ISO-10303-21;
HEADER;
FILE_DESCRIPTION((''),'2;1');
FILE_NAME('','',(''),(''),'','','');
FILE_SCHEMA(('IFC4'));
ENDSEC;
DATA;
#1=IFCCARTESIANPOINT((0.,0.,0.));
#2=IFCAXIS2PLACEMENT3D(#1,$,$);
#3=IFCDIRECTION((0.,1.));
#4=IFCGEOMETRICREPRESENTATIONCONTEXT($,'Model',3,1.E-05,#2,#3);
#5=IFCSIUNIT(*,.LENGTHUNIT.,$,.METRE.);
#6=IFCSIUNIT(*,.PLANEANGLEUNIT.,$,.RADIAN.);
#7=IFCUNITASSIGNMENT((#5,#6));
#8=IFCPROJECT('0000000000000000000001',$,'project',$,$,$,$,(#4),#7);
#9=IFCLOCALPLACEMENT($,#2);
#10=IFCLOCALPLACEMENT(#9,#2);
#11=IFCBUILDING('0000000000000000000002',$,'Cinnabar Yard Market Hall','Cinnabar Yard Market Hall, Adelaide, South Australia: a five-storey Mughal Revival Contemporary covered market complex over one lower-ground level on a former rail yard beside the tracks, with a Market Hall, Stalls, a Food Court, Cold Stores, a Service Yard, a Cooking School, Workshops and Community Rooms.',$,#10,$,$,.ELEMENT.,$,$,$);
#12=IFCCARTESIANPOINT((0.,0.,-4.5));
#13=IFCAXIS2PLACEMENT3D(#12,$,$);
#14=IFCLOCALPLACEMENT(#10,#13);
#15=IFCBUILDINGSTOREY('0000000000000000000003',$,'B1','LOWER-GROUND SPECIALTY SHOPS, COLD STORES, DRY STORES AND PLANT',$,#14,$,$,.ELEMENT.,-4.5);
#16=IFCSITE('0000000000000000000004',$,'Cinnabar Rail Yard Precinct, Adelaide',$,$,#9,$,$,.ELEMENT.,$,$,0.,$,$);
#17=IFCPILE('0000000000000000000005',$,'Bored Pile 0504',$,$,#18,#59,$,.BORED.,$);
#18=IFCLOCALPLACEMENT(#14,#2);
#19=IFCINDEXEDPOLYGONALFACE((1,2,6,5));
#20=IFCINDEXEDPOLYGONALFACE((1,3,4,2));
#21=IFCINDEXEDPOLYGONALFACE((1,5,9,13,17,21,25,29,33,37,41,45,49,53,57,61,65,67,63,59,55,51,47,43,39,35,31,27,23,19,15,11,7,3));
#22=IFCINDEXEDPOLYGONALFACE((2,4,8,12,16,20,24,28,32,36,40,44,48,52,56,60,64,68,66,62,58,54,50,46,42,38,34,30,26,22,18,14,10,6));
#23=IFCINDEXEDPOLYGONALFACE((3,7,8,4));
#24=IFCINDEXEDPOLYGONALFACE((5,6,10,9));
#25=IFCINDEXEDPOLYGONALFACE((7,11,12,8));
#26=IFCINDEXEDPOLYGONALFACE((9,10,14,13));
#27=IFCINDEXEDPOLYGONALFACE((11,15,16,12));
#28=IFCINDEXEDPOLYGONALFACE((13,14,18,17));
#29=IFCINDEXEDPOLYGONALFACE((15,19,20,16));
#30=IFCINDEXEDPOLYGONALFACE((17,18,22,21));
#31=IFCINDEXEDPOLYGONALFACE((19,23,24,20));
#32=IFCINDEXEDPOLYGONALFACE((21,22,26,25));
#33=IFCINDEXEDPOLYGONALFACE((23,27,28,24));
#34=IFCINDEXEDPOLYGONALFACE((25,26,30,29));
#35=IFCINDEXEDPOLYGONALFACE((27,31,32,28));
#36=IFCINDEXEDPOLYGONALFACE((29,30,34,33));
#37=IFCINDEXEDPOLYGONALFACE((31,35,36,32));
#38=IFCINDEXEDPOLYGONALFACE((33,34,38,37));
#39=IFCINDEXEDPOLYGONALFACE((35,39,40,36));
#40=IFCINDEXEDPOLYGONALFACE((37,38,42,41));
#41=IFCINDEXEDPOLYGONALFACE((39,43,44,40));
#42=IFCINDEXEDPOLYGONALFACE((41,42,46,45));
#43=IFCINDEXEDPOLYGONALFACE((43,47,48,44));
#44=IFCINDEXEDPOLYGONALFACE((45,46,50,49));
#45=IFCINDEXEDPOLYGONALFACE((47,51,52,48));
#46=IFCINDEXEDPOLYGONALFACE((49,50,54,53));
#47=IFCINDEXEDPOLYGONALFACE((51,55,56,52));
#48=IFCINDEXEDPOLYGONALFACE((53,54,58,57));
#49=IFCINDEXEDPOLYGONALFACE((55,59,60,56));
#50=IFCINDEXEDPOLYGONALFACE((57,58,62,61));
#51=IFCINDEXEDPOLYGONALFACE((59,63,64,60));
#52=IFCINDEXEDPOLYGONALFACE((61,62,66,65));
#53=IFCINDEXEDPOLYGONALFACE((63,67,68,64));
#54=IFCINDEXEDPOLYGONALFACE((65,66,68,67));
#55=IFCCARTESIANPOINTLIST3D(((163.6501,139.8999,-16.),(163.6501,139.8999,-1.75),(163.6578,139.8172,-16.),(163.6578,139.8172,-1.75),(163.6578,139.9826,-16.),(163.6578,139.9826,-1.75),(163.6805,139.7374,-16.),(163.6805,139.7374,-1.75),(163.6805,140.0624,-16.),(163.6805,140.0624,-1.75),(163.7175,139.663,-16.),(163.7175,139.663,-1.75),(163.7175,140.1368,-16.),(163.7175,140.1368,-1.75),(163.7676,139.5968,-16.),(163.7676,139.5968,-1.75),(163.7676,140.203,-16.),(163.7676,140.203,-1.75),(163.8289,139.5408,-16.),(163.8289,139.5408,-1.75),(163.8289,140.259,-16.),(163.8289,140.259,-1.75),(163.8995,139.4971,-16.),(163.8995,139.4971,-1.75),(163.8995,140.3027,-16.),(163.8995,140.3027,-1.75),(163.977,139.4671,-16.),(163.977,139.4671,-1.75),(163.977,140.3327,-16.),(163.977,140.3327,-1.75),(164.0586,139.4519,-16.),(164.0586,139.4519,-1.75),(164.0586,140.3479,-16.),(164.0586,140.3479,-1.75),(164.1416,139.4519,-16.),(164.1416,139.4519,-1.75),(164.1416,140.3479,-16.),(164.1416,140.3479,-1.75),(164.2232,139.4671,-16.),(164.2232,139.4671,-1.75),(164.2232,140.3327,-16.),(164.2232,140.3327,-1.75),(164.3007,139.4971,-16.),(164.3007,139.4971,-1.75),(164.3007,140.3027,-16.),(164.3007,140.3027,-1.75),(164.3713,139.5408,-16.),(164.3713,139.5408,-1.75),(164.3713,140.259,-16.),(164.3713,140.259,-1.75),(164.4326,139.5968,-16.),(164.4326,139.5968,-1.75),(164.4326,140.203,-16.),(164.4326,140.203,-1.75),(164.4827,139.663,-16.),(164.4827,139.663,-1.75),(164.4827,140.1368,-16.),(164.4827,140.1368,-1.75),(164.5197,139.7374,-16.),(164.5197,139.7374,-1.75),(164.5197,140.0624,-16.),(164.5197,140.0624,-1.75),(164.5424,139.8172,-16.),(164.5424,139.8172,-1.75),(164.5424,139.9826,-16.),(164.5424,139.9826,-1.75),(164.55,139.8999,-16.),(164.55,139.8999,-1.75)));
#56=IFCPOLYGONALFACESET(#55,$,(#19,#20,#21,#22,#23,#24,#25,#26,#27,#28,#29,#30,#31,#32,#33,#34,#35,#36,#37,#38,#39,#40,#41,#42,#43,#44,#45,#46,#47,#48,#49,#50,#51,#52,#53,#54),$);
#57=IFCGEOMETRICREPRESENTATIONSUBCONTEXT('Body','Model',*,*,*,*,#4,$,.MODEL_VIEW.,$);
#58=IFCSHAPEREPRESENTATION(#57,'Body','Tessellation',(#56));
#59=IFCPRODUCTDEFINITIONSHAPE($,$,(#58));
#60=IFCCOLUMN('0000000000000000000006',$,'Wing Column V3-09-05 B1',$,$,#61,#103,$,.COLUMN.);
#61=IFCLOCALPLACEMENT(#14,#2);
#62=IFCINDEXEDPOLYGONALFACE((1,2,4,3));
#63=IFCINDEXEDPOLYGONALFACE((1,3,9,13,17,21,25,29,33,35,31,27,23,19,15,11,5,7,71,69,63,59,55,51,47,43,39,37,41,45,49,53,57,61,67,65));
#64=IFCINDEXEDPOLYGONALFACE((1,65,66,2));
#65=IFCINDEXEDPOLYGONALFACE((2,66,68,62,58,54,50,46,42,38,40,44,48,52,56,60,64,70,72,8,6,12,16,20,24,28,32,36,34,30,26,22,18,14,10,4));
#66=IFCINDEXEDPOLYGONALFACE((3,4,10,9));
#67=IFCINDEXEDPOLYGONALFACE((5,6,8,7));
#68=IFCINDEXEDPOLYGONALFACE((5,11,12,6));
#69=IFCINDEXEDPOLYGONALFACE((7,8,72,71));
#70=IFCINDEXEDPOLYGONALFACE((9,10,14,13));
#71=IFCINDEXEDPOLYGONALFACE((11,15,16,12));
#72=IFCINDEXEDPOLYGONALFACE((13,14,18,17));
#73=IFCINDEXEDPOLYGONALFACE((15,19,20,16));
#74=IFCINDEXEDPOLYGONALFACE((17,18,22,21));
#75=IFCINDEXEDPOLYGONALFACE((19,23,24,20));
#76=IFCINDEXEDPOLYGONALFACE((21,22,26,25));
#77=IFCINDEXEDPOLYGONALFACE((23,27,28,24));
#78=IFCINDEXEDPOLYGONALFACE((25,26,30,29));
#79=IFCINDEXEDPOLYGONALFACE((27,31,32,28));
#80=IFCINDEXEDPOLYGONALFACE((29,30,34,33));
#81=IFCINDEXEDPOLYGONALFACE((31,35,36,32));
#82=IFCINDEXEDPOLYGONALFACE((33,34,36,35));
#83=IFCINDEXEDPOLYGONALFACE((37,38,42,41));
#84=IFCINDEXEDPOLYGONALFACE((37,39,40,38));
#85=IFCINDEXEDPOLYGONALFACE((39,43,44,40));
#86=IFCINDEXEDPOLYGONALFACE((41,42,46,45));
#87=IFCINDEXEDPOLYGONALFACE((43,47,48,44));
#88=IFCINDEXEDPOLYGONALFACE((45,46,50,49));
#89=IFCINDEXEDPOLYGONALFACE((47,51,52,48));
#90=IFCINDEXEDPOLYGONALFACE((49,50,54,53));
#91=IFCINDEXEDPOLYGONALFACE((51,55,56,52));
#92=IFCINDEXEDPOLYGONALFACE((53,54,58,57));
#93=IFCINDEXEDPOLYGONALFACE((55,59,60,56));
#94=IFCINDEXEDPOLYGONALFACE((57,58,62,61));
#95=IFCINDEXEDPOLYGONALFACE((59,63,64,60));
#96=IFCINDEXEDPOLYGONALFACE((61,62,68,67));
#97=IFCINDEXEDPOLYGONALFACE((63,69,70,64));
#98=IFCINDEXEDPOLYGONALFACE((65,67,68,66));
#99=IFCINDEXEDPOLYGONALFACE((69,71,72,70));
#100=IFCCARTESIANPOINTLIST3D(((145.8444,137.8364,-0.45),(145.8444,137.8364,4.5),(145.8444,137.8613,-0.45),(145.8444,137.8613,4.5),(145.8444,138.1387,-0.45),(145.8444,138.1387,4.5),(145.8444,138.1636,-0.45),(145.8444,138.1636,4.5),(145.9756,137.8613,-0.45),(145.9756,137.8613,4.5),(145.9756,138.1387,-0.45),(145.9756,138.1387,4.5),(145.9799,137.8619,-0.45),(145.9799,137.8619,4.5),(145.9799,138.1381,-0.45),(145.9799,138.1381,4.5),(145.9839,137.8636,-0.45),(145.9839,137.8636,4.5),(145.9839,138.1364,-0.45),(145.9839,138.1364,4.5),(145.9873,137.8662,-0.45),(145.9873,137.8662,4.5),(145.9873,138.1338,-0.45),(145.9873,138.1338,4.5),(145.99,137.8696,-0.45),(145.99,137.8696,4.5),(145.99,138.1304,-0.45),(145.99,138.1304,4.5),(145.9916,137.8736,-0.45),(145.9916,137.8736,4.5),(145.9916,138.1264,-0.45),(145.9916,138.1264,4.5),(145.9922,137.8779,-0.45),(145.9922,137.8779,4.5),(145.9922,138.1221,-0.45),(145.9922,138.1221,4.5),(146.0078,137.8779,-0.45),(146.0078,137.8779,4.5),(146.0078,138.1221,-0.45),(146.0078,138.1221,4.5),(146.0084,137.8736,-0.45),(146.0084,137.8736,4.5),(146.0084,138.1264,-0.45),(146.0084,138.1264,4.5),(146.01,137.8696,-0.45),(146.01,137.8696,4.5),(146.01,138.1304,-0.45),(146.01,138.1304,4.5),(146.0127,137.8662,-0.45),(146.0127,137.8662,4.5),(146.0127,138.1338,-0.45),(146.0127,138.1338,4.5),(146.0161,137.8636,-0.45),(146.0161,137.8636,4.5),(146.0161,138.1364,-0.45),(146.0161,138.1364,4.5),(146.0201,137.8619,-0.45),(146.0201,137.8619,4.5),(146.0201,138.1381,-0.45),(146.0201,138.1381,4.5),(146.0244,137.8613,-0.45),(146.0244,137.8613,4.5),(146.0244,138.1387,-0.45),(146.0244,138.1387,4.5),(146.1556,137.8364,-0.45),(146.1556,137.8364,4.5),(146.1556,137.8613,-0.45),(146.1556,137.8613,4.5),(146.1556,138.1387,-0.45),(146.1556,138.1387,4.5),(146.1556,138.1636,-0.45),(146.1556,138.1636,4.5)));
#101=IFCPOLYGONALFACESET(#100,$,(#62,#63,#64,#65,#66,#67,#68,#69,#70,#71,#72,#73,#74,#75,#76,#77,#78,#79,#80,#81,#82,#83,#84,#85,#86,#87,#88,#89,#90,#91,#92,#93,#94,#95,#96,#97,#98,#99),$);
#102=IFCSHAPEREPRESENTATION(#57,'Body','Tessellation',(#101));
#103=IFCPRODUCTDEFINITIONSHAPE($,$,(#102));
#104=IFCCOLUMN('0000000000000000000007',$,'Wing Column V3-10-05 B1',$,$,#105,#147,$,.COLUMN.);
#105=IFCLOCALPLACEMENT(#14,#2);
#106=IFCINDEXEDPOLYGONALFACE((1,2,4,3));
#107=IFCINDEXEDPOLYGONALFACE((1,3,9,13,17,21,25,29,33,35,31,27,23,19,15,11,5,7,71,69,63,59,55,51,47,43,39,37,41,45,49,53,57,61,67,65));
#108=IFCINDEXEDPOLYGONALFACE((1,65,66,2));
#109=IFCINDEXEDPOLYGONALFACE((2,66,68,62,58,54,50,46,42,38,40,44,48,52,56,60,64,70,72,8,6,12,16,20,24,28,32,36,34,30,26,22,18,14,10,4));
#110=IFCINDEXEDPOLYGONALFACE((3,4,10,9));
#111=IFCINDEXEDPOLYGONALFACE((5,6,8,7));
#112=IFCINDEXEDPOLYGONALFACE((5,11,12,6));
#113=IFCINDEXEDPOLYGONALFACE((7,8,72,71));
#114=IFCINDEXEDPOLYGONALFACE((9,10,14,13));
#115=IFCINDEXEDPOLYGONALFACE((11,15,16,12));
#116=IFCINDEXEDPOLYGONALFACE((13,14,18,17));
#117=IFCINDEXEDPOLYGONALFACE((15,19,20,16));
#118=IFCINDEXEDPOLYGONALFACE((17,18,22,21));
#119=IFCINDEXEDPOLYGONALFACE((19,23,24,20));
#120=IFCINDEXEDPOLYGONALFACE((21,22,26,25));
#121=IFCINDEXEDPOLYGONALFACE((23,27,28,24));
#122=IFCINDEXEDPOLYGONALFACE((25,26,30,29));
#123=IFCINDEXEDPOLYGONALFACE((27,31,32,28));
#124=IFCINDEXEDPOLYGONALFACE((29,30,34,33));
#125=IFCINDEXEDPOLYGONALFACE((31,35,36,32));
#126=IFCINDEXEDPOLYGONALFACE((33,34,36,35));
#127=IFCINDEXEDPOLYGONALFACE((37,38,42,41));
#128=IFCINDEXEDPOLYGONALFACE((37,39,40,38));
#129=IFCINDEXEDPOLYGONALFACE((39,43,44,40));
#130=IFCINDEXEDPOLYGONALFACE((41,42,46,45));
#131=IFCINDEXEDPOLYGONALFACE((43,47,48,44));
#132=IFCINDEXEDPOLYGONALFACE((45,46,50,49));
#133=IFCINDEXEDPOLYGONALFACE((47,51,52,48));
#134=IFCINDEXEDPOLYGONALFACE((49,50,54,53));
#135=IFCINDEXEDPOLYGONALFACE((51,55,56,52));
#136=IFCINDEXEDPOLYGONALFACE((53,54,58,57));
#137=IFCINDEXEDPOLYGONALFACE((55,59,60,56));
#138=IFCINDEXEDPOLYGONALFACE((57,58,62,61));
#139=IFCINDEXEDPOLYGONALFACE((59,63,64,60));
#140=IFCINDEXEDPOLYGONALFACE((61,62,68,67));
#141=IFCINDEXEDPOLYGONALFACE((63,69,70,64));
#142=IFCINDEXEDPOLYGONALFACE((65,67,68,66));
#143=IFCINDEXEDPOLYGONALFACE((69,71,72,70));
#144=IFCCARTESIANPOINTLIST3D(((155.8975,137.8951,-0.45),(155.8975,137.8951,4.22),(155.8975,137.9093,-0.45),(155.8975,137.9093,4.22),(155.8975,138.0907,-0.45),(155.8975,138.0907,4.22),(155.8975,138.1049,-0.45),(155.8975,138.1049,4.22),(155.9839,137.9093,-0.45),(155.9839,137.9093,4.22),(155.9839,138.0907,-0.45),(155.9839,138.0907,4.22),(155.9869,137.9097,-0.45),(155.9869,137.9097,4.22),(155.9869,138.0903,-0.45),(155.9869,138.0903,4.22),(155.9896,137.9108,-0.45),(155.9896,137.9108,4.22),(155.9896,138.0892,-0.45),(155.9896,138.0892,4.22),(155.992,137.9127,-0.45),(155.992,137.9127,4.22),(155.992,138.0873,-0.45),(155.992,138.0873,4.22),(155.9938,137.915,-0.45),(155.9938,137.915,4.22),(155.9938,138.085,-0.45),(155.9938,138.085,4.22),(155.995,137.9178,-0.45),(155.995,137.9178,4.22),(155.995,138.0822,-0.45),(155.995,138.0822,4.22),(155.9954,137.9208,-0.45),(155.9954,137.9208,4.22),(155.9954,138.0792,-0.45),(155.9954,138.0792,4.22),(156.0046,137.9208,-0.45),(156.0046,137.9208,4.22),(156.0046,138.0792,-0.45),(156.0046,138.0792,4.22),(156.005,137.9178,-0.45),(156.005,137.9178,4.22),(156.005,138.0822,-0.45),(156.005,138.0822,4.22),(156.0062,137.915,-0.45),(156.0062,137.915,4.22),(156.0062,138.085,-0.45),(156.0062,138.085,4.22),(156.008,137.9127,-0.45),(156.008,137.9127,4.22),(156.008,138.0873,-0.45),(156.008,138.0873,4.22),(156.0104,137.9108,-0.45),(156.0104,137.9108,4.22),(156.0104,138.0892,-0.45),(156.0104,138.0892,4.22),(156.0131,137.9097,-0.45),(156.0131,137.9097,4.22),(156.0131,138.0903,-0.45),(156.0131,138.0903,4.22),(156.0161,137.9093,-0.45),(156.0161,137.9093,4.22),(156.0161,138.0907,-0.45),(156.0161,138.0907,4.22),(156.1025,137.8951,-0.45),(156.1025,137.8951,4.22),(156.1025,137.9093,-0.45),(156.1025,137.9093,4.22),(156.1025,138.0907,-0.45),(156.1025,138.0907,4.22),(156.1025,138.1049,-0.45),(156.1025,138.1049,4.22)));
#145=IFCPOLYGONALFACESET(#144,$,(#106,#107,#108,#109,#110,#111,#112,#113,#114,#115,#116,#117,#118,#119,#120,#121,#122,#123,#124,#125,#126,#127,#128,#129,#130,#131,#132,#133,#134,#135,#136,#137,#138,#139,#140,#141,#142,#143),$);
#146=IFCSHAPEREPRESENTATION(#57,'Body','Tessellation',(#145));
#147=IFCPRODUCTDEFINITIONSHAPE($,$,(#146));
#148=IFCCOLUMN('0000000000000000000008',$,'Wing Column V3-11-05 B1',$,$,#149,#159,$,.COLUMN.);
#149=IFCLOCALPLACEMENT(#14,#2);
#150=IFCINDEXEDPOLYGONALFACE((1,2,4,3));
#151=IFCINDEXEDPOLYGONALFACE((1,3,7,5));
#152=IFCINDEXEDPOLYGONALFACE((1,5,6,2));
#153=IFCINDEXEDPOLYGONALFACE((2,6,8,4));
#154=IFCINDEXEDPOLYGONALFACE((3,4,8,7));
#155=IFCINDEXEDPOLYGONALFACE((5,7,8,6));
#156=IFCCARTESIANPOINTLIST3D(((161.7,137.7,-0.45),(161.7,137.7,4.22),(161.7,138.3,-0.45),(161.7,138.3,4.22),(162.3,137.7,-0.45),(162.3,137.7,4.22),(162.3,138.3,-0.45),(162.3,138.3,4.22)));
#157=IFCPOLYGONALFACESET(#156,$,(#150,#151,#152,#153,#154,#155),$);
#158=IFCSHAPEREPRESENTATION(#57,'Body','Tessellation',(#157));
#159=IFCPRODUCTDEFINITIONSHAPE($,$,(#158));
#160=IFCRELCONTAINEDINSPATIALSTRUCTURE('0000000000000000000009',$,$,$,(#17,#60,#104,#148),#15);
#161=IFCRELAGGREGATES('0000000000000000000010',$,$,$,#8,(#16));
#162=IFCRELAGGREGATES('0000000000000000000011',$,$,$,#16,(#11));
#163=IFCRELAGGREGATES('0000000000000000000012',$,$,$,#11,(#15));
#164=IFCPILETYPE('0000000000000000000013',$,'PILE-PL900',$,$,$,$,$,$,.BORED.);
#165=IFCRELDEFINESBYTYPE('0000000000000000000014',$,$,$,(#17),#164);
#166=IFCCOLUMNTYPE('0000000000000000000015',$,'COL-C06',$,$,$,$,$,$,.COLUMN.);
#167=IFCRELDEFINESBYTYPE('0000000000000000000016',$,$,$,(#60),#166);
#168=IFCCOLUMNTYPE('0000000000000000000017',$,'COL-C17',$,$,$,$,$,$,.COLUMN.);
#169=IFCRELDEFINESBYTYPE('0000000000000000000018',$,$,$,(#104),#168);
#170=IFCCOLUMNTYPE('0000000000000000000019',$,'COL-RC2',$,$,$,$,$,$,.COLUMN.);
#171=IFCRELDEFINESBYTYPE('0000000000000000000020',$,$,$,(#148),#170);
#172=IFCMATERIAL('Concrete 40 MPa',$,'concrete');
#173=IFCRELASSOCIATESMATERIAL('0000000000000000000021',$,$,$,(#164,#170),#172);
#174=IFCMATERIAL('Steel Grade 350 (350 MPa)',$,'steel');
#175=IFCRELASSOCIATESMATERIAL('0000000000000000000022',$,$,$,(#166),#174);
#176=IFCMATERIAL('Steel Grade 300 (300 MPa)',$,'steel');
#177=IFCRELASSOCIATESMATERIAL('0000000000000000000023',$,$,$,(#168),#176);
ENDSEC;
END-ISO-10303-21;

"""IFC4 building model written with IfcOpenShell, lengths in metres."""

from ifc_helpers import new_model, si_unit, direction, frame, origin, origin_2d_with_axis, place, context, subcontext, project, spatial, rectangle, circle, i_section, extrude, material, material_profile, profile_set, type_object, element, save


model = new_model("IFC4")

# Units and contexts
model_context = context("Model", 3, precision=1e-05, world=origin(), true_north=direction((0.0, 1.0)))
body_context = subcontext(model_context, "Body", "Model", "MODEL_VIEW")
ifc_project = project(units=[si_unit("LENGTHUNIT", "METRE"), si_unit("PLANEANGLEUNIT", "RADIAN")], contexts=[model_context])

# Site, building, storey
site_placement = place(None, origin())
site = spatial("IfcSite", under=ifc_project, at=site_placement, Name="Cinnabar Rail Yard Precinct, Adelaide", CompositionType="ELEMENT", RefElevation=0.0)
building_placement = place(site_placement, origin())
building = spatial("IfcBuilding", under=site, at=building_placement, Name="Cinnabar Yard Market Hall", Description="Cinnabar Yard Market Hall, Adelaide, South Australia: a five-storey Mughal Revival Contemporary covered market complex over one lower-ground level on a former rail yard beside the tracks, with a Market Hall, Stalls, a Food Court, Cold Stores, a Service Yard, a Cooking School, Workshops and Community Rooms.", CompositionType="ELEMENT")
storey_placement = place(building_placement, frame((0.0, 0.0, -4.5)))
storey = spatial("IfcBuildingStorey", under=building, at=storey_placement, Name="B1", Description="LOWER-GROUND SPECIALTY SHOPS, COLD STORES, DRY STORES AND PLANT", CompositionType="ELEMENT", Elevation=-4.5)

# Shared definitions
ifc_material_1 = material(Name="Concrete 40 MPa", Category="concrete")

# Pile
ifc_material_profile_1 = material_profile(ifc_material_1, circle(Radius=0.45, at=origin_2d_with_axis()), Name="PILE-D900")
ifc_profile_set_1 = profile_set([ifc_material_profile_1], Name="Concrete 40 MPa")
pile_type_1 = type_object("IfcPileType", Name="PILE-PL900", PredefinedType="BORED", material=ifc_profile_set_1)
for number, where, z_axis, x_axis, name in (
    (1, (164.1001, 139.8999, -1.75), (0.0, 0.0, -1.0), (1.0, 0.0, 0.0), "Bored Pile 0504"),
):
    element("IfcPile", number, at=place(storey_placement, frame(where, z_axis=z_axis, x_axis=x_axis)), inside=storey, type_object=pile_type_1, Name=name, PredefinedType="BORED", context=body_context, shape_type="SweptSolid", body=[
        extrude(circle(Radius=0.45, at=origin_2d_with_axis()), origin(), (0.0, 0.0, 1.0), 14.25),
    ])

# Columns
ifc_material_2 = material(Name="Steel Grade 350 (350 MPa)", Category="steel")
ifc_material_profile_2 = material_profile(ifc_material_2, i_section(OverallWidth=0.3113, OverallDepth=0.3271, WebThickness=0.0156, FlangeThickness=0.0249, FilletRadius=0.0166, at=origin_2d_with_axis()), Name="310UC158")
ifc_profile_set_2 = profile_set([ifc_material_profile_2], Name="Steel Grade 350 (350 MPa)")
column_type_1 = type_object("IfcColumnType", Name="COL-C06", PredefinedType="COLUMN", material=ifc_profile_set_2)
column_1_placement = place(storey_placement, frame((146.0, 138.0, -0.45), z_axis=(0.0, 0.0, 1.0), x_axis=(1.0, 0.0, 0.0)))
element("IfcColumn", 2, at=column_1_placement, inside=storey, type_object=column_type_1, Name="Wing Column V3-09-05 B1", PredefinedType="COLUMN", context=body_context, shape_type="SweptSolid", body=[
    extrude(i_section(OverallWidth=0.3113, OverallDepth=0.3271, WebThickness=0.0156, FlangeThickness=0.0249, FilletRadius=0.0166, at=origin_2d_with_axis()), origin(), (0.0, 0.0, 1.0), 4.95),
])
ifc_material_3 = material(Name="Steel Grade 300 (300 MPa)", Category="steel")
ifc_material_profile_3 = material_profile(ifc_material_3, i_section(OverallWidth=0.2051, OverallDepth=0.2097, WebThickness=0.0093, FlangeThickness=0.0142, FilletRadius=0.0115, at=origin_2d_with_axis()), Name="200UC59.5")
ifc_profile_set_3 = profile_set([ifc_material_profile_3], Name="Steel Grade 300 (300 MPa)")
column_type_2 = type_object("IfcColumnType", Name="COL-C17", PredefinedType="COLUMN", material=ifc_profile_set_3)
column_2_placement = place(storey_placement, frame((156.0, 138.0, -0.45), z_axis=(0.0, 0.0, 1.0), x_axis=(1.0, 0.0, 0.0)))
element("IfcColumn", 3, at=column_2_placement, inside=storey, type_object=column_type_2, Name="Wing Column V3-10-05 B1", PredefinedType="COLUMN", context=body_context, shape_type="SweptSolid", body=[
    extrude(i_section(OverallWidth=0.2051, OverallDepth=0.2097, WebThickness=0.0093, FlangeThickness=0.0142, FilletRadius=0.0115, at=origin_2d_with_axis()), origin(), (0.0, 0.0, 1.0), 4.6699),
])
ifc_material_profile_4 = material_profile(ifc_material_1, rectangle(XDim=0.6001, YDim=0.6001, at=origin_2d_with_axis()), Name="RC-600x600")
ifc_profile_set_4 = profile_set([ifc_material_profile_4], Name="Concrete 40 MPa")
column_type_3 = type_object("IfcColumnType", Name="COL-RC2", PredefinedType="COLUMN", material=ifc_profile_set_4)
column_3_placement = place(storey_placement, frame((162.0, 138.0, -0.45), z_axis=(0.0, 0.0, 1.0), x_axis=(1.0, 0.0, 0.0)))
element("IfcColumn", 4, at=column_3_placement, inside=storey, type_object=column_type_3, Name="Wing Column V3-11-05 B1", PredefinedType="COLUMN", context=body_context, shape_type="SweptSolid", body=[
    extrude(rectangle(XDim=0.6001, YDim=0.6001, at=origin_2d_with_axis()), origin(), (0.0, 0.0, 1.0), 4.6699),
])

save(model, "model.ifc")
